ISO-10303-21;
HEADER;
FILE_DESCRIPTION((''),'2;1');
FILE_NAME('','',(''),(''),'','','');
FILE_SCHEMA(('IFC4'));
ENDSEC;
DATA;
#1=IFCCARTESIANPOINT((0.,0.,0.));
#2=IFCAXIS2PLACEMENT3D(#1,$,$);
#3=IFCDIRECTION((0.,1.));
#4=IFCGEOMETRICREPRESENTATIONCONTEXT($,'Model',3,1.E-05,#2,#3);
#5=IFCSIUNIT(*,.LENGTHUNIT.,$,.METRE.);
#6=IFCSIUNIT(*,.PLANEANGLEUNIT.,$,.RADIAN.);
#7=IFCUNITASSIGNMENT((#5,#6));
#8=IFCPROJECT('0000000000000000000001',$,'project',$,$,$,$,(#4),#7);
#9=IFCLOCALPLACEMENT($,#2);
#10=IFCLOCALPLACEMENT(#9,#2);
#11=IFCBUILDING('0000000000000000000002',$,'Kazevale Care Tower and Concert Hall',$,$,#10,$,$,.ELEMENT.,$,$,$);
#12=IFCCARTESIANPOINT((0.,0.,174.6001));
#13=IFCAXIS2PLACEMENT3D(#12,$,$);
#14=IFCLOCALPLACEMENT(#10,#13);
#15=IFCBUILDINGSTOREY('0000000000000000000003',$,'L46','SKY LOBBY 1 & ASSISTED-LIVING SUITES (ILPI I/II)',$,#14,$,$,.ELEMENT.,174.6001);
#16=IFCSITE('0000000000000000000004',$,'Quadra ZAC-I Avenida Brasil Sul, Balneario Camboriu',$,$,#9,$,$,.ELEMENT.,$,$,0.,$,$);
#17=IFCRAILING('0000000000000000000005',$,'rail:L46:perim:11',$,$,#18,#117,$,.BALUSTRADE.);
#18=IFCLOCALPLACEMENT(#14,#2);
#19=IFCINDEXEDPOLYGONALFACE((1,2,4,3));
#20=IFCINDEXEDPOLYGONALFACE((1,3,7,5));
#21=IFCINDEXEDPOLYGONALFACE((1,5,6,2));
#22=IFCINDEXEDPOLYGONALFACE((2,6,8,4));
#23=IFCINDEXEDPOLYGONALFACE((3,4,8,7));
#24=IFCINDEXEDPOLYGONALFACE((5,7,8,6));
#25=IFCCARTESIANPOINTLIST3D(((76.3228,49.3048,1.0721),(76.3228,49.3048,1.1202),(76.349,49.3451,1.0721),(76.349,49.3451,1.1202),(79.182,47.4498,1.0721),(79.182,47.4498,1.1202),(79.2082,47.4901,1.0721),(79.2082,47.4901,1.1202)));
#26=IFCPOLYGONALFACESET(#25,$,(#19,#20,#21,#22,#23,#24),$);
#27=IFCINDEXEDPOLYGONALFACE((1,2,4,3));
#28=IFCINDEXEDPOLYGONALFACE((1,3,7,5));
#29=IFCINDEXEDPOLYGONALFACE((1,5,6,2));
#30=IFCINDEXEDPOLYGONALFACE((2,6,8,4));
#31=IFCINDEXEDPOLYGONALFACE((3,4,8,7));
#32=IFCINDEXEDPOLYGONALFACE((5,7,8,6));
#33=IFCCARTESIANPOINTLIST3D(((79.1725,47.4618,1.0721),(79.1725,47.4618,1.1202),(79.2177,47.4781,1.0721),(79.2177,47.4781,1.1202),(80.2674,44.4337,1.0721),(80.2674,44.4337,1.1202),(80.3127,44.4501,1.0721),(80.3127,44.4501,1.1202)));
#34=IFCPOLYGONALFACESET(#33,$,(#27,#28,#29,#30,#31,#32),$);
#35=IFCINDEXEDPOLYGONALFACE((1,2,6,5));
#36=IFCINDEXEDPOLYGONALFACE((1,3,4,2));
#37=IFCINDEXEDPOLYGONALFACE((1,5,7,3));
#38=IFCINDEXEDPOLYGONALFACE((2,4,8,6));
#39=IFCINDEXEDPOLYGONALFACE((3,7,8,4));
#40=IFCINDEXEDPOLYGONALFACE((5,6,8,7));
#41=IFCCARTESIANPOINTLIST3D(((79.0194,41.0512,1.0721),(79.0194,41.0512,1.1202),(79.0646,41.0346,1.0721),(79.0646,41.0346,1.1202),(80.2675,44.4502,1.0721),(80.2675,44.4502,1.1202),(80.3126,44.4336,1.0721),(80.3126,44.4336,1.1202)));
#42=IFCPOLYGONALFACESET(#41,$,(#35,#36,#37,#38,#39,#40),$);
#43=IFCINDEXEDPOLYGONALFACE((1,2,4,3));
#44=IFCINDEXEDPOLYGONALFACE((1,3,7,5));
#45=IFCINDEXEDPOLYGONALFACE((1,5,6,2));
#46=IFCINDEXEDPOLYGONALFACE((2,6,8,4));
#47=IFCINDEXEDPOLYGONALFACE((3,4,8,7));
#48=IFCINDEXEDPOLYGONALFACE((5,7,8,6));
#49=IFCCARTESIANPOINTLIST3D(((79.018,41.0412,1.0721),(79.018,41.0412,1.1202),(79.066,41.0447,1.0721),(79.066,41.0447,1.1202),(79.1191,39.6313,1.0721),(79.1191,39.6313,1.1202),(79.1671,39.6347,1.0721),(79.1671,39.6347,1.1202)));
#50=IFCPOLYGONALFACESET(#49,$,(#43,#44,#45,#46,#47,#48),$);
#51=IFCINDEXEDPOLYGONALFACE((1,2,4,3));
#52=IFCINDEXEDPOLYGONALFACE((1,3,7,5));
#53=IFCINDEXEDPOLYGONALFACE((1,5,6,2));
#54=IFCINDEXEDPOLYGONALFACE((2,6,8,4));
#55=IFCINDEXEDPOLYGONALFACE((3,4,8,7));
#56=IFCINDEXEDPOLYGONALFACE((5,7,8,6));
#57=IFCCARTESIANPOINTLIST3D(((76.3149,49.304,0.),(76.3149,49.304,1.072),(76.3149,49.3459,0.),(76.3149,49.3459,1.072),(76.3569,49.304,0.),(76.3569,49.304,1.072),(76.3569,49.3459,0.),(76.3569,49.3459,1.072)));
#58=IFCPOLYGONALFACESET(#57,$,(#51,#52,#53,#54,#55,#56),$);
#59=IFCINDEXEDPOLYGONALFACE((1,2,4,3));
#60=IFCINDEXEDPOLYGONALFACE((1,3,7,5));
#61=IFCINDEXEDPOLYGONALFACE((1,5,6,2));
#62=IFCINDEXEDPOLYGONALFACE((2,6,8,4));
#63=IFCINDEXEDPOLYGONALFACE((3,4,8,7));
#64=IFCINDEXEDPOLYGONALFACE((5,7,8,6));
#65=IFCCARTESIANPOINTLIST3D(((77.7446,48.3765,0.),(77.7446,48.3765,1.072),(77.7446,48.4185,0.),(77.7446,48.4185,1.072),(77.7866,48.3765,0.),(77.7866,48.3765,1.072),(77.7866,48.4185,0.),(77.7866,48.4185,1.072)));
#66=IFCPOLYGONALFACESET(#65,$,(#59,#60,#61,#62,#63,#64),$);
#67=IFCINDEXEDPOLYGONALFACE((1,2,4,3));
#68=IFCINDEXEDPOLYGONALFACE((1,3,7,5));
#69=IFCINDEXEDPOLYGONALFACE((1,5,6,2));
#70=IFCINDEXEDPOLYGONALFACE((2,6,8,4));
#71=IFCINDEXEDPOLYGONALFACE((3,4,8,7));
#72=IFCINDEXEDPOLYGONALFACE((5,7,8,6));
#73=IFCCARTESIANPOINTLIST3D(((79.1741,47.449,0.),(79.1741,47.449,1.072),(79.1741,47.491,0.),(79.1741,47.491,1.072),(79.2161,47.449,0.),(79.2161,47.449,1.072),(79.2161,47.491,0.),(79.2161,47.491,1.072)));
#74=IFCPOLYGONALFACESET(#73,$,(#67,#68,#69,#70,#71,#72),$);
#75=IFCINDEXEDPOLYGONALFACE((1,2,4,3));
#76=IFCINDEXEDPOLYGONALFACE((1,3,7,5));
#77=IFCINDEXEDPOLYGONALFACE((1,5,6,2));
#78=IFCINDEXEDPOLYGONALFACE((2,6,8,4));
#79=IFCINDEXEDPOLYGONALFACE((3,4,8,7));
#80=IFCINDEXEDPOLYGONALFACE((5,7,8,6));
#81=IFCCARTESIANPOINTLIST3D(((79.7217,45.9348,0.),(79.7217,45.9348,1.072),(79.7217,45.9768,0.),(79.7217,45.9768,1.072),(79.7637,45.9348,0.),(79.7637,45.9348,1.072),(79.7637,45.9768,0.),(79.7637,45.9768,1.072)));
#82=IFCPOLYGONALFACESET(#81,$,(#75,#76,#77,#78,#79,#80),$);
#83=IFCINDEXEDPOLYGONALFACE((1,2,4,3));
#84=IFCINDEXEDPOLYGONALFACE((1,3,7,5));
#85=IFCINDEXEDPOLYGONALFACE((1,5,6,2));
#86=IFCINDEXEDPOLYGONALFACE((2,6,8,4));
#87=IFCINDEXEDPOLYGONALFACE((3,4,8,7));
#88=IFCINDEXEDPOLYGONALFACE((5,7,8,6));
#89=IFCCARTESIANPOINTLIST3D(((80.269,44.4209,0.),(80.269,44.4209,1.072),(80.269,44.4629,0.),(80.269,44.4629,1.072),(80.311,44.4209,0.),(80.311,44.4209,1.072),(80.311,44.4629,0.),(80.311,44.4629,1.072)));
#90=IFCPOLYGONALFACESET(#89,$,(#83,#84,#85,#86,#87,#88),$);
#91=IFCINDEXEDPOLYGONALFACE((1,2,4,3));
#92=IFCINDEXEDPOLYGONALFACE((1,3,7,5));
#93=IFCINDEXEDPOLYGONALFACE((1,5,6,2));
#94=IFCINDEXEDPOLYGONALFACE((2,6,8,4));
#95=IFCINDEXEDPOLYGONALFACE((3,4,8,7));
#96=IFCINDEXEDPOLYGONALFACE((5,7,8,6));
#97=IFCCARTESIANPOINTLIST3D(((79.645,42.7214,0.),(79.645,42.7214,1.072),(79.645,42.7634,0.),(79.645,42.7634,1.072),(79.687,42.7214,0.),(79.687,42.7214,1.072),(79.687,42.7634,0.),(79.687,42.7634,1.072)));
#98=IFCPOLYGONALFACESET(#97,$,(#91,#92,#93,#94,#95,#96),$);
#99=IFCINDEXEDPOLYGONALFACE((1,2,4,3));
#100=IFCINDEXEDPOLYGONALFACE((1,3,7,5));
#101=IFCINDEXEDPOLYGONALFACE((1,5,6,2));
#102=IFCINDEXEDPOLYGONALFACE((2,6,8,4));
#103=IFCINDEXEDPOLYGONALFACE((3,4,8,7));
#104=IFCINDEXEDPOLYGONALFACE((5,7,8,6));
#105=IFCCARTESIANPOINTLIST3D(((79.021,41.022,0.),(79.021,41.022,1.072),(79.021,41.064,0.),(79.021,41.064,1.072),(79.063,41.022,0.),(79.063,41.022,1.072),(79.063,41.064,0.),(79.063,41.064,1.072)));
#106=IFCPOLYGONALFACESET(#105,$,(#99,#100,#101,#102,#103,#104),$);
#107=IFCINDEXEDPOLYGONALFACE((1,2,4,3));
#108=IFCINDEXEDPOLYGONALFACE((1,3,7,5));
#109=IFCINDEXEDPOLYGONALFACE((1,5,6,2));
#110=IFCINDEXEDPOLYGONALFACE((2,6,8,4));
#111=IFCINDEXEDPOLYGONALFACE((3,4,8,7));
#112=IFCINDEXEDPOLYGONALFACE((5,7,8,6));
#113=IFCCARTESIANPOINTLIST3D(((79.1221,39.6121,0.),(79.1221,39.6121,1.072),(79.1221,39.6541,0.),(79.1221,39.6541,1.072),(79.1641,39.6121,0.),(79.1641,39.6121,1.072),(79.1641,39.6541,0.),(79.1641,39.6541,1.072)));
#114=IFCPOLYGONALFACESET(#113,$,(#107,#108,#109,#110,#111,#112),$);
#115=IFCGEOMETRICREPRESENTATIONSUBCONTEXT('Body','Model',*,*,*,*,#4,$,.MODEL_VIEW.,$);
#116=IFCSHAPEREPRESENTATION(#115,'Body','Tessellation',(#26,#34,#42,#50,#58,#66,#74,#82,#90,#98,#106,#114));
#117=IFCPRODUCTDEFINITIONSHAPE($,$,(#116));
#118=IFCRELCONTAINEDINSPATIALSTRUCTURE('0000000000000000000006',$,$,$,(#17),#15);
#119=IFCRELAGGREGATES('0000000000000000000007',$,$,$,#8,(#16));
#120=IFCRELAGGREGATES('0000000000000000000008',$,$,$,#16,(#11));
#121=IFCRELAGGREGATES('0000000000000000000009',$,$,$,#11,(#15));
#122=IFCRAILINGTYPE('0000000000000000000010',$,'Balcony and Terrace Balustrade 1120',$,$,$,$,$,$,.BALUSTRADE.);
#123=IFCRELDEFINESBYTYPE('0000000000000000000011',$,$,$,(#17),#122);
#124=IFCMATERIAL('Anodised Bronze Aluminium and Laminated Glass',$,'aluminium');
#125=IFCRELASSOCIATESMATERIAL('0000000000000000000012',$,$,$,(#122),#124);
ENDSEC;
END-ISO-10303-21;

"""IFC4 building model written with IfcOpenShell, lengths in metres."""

from ifc_helpers import new_model, si_unit, direction, frame, origin, origin_2d, place, context, subcontext, project, spatial, rectangle, extrude, material, type_object, element, save


model = new_model("IFC4")

# Units and contexts
model_context = context("Model", 3, precision=1e-05, world=origin(), true_north=direction((0.0, 1.0)))
body_context = subcontext(model_context, "Body", "Model", "MODEL_VIEW")
ifc_project = project(units=[si_unit("LENGTHUNIT", "METRE"), si_unit("PLANEANGLEUNIT", "RADIAN")], contexts=[model_context])

# Site, building, storey
site_placement = place(None, origin())
site = spatial("IfcSite", under=ifc_project, at=site_placement, Name="Quadra ZAC-I Avenida Brasil Sul, Balneario Camboriu", CompositionType="ELEMENT", RefElevation=0.0)
building_placement = place(site_placement, origin())
building = spatial("IfcBuilding", under=site, at=building_placement, Name="Kazevale Care Tower and Concert Hall", CompositionType="ELEMENT")
storey_placement = place(building_placement, frame((0.0, 0.0, 174.6001)))
storey = spatial("IfcBuildingStorey", under=building, at=storey_placement, Name="L46", Description="SKY LOBBY 1 & ASSISTED-LIVING SUITES (ILPI I/II)", CompositionType="ELEMENT", Elevation=174.6001)

# Railing
ifc_material_1 = material(Name="Anodised Bronze Aluminium and Laminated Glass", Category="aluminium")
railing_type = type_object("IfcRailingType", Name="Balcony and Terrace Balustrade 1120", PredefinedType="BALUSTRADE", material=ifc_material_1)
railing_1_placement = place(storey_placement, frame((76.3359, 49.325, 0.0)))
element("IfcRailing", 1, at=railing_1_placement, inside=storey, type_object=railing_type, Name="rail:L46:perim:11", PredefinedType="BALUSTRADE", context=body_context, shape_type="SweptSolid", body=[
    extrude(rectangle(XDim=0.0481, YDim=0.0481, at=origin_2d()), frame((0.0, 0.0, 1.0962), z_axis=(0.838906, -0.544276, 0.0), x_axis=(0.544276, 0.838906, 0.0)), (0.0, 0.0, 1.0), 3.4082),
    extrude(rectangle(XDim=0.0481, YDim=0.0481, at=origin_2d()), frame((2.8591, -1.855, 1.0962), z_axis=(0.340056, -0.940405, 0.0), x_axis=(0.940405, 0.340056, 0.0)), (0.0, 0.0, 1.0), 3.22),
    extrude(rectangle(XDim=0.0481, YDim=0.0481, at=origin_2d()), frame((3.9541, -4.8831, 1.0962), z_axis=(-0.344687, -0.938718, 0.0), x_axis=(0.938718, -0.344687, 0.0)), (0.0, 0.0, 1.0), 3.6208),
    extrude(rectangle(XDim=0.0481, YDim=0.0481, at=origin_2d()), frame((2.7061, -8.282, 1.0962), z_axis=(0.071505, -0.99744, 0.0), x_axis=(0.99744, 0.071505, 0.0)), (0.0, 0.0, 1.0), 1.4136),
    extrude(rectangle(XDim=0.042, YDim=0.042, at=origin_2d()), origin(), (0.0, 0.0, 1.0), 1.072),
    extrude(rectangle(XDim=0.042, YDim=0.042, at=origin_2d()), frame((1.4297, -0.9275, 0.0)), (0.0, 0.0, 1.0), 1.072),
    extrude(rectangle(XDim=0.042, YDim=0.042, at=origin_2d()), frame((2.8591, -1.855, 0.0)), (0.0, 0.0, 1.0), 1.072),
    extrude(rectangle(XDim=0.042, YDim=0.042, at=origin_2d()), frame((3.4067, -3.3691, 0.0)), (0.0, 0.0, 1.0), 1.072),
    extrude(rectangle(XDim=0.042, YDim=0.042, at=origin_2d()), frame((3.9541, -4.8831, 0.0)), (0.0, 0.0, 1.0), 1.072),
    extrude(rectangle(XDim=0.042, YDim=0.042, at=origin_2d()), frame((3.3301, -6.5825, 0.0)), (0.0, 0.0, 1.0), 1.072),
    extrude(rectangle(XDim=0.042, YDim=0.042, at=origin_2d()), frame((2.7061, -8.282, 0.0)), (0.0, 0.0, 1.0), 1.072),
    extrude(rectangle(XDim=0.042, YDim=0.042, at=origin_2d()), frame((2.8071, -9.6919, 0.0)), (0.0, 0.0, 1.0), 1.072),
])

save(model, "model.ifc")
